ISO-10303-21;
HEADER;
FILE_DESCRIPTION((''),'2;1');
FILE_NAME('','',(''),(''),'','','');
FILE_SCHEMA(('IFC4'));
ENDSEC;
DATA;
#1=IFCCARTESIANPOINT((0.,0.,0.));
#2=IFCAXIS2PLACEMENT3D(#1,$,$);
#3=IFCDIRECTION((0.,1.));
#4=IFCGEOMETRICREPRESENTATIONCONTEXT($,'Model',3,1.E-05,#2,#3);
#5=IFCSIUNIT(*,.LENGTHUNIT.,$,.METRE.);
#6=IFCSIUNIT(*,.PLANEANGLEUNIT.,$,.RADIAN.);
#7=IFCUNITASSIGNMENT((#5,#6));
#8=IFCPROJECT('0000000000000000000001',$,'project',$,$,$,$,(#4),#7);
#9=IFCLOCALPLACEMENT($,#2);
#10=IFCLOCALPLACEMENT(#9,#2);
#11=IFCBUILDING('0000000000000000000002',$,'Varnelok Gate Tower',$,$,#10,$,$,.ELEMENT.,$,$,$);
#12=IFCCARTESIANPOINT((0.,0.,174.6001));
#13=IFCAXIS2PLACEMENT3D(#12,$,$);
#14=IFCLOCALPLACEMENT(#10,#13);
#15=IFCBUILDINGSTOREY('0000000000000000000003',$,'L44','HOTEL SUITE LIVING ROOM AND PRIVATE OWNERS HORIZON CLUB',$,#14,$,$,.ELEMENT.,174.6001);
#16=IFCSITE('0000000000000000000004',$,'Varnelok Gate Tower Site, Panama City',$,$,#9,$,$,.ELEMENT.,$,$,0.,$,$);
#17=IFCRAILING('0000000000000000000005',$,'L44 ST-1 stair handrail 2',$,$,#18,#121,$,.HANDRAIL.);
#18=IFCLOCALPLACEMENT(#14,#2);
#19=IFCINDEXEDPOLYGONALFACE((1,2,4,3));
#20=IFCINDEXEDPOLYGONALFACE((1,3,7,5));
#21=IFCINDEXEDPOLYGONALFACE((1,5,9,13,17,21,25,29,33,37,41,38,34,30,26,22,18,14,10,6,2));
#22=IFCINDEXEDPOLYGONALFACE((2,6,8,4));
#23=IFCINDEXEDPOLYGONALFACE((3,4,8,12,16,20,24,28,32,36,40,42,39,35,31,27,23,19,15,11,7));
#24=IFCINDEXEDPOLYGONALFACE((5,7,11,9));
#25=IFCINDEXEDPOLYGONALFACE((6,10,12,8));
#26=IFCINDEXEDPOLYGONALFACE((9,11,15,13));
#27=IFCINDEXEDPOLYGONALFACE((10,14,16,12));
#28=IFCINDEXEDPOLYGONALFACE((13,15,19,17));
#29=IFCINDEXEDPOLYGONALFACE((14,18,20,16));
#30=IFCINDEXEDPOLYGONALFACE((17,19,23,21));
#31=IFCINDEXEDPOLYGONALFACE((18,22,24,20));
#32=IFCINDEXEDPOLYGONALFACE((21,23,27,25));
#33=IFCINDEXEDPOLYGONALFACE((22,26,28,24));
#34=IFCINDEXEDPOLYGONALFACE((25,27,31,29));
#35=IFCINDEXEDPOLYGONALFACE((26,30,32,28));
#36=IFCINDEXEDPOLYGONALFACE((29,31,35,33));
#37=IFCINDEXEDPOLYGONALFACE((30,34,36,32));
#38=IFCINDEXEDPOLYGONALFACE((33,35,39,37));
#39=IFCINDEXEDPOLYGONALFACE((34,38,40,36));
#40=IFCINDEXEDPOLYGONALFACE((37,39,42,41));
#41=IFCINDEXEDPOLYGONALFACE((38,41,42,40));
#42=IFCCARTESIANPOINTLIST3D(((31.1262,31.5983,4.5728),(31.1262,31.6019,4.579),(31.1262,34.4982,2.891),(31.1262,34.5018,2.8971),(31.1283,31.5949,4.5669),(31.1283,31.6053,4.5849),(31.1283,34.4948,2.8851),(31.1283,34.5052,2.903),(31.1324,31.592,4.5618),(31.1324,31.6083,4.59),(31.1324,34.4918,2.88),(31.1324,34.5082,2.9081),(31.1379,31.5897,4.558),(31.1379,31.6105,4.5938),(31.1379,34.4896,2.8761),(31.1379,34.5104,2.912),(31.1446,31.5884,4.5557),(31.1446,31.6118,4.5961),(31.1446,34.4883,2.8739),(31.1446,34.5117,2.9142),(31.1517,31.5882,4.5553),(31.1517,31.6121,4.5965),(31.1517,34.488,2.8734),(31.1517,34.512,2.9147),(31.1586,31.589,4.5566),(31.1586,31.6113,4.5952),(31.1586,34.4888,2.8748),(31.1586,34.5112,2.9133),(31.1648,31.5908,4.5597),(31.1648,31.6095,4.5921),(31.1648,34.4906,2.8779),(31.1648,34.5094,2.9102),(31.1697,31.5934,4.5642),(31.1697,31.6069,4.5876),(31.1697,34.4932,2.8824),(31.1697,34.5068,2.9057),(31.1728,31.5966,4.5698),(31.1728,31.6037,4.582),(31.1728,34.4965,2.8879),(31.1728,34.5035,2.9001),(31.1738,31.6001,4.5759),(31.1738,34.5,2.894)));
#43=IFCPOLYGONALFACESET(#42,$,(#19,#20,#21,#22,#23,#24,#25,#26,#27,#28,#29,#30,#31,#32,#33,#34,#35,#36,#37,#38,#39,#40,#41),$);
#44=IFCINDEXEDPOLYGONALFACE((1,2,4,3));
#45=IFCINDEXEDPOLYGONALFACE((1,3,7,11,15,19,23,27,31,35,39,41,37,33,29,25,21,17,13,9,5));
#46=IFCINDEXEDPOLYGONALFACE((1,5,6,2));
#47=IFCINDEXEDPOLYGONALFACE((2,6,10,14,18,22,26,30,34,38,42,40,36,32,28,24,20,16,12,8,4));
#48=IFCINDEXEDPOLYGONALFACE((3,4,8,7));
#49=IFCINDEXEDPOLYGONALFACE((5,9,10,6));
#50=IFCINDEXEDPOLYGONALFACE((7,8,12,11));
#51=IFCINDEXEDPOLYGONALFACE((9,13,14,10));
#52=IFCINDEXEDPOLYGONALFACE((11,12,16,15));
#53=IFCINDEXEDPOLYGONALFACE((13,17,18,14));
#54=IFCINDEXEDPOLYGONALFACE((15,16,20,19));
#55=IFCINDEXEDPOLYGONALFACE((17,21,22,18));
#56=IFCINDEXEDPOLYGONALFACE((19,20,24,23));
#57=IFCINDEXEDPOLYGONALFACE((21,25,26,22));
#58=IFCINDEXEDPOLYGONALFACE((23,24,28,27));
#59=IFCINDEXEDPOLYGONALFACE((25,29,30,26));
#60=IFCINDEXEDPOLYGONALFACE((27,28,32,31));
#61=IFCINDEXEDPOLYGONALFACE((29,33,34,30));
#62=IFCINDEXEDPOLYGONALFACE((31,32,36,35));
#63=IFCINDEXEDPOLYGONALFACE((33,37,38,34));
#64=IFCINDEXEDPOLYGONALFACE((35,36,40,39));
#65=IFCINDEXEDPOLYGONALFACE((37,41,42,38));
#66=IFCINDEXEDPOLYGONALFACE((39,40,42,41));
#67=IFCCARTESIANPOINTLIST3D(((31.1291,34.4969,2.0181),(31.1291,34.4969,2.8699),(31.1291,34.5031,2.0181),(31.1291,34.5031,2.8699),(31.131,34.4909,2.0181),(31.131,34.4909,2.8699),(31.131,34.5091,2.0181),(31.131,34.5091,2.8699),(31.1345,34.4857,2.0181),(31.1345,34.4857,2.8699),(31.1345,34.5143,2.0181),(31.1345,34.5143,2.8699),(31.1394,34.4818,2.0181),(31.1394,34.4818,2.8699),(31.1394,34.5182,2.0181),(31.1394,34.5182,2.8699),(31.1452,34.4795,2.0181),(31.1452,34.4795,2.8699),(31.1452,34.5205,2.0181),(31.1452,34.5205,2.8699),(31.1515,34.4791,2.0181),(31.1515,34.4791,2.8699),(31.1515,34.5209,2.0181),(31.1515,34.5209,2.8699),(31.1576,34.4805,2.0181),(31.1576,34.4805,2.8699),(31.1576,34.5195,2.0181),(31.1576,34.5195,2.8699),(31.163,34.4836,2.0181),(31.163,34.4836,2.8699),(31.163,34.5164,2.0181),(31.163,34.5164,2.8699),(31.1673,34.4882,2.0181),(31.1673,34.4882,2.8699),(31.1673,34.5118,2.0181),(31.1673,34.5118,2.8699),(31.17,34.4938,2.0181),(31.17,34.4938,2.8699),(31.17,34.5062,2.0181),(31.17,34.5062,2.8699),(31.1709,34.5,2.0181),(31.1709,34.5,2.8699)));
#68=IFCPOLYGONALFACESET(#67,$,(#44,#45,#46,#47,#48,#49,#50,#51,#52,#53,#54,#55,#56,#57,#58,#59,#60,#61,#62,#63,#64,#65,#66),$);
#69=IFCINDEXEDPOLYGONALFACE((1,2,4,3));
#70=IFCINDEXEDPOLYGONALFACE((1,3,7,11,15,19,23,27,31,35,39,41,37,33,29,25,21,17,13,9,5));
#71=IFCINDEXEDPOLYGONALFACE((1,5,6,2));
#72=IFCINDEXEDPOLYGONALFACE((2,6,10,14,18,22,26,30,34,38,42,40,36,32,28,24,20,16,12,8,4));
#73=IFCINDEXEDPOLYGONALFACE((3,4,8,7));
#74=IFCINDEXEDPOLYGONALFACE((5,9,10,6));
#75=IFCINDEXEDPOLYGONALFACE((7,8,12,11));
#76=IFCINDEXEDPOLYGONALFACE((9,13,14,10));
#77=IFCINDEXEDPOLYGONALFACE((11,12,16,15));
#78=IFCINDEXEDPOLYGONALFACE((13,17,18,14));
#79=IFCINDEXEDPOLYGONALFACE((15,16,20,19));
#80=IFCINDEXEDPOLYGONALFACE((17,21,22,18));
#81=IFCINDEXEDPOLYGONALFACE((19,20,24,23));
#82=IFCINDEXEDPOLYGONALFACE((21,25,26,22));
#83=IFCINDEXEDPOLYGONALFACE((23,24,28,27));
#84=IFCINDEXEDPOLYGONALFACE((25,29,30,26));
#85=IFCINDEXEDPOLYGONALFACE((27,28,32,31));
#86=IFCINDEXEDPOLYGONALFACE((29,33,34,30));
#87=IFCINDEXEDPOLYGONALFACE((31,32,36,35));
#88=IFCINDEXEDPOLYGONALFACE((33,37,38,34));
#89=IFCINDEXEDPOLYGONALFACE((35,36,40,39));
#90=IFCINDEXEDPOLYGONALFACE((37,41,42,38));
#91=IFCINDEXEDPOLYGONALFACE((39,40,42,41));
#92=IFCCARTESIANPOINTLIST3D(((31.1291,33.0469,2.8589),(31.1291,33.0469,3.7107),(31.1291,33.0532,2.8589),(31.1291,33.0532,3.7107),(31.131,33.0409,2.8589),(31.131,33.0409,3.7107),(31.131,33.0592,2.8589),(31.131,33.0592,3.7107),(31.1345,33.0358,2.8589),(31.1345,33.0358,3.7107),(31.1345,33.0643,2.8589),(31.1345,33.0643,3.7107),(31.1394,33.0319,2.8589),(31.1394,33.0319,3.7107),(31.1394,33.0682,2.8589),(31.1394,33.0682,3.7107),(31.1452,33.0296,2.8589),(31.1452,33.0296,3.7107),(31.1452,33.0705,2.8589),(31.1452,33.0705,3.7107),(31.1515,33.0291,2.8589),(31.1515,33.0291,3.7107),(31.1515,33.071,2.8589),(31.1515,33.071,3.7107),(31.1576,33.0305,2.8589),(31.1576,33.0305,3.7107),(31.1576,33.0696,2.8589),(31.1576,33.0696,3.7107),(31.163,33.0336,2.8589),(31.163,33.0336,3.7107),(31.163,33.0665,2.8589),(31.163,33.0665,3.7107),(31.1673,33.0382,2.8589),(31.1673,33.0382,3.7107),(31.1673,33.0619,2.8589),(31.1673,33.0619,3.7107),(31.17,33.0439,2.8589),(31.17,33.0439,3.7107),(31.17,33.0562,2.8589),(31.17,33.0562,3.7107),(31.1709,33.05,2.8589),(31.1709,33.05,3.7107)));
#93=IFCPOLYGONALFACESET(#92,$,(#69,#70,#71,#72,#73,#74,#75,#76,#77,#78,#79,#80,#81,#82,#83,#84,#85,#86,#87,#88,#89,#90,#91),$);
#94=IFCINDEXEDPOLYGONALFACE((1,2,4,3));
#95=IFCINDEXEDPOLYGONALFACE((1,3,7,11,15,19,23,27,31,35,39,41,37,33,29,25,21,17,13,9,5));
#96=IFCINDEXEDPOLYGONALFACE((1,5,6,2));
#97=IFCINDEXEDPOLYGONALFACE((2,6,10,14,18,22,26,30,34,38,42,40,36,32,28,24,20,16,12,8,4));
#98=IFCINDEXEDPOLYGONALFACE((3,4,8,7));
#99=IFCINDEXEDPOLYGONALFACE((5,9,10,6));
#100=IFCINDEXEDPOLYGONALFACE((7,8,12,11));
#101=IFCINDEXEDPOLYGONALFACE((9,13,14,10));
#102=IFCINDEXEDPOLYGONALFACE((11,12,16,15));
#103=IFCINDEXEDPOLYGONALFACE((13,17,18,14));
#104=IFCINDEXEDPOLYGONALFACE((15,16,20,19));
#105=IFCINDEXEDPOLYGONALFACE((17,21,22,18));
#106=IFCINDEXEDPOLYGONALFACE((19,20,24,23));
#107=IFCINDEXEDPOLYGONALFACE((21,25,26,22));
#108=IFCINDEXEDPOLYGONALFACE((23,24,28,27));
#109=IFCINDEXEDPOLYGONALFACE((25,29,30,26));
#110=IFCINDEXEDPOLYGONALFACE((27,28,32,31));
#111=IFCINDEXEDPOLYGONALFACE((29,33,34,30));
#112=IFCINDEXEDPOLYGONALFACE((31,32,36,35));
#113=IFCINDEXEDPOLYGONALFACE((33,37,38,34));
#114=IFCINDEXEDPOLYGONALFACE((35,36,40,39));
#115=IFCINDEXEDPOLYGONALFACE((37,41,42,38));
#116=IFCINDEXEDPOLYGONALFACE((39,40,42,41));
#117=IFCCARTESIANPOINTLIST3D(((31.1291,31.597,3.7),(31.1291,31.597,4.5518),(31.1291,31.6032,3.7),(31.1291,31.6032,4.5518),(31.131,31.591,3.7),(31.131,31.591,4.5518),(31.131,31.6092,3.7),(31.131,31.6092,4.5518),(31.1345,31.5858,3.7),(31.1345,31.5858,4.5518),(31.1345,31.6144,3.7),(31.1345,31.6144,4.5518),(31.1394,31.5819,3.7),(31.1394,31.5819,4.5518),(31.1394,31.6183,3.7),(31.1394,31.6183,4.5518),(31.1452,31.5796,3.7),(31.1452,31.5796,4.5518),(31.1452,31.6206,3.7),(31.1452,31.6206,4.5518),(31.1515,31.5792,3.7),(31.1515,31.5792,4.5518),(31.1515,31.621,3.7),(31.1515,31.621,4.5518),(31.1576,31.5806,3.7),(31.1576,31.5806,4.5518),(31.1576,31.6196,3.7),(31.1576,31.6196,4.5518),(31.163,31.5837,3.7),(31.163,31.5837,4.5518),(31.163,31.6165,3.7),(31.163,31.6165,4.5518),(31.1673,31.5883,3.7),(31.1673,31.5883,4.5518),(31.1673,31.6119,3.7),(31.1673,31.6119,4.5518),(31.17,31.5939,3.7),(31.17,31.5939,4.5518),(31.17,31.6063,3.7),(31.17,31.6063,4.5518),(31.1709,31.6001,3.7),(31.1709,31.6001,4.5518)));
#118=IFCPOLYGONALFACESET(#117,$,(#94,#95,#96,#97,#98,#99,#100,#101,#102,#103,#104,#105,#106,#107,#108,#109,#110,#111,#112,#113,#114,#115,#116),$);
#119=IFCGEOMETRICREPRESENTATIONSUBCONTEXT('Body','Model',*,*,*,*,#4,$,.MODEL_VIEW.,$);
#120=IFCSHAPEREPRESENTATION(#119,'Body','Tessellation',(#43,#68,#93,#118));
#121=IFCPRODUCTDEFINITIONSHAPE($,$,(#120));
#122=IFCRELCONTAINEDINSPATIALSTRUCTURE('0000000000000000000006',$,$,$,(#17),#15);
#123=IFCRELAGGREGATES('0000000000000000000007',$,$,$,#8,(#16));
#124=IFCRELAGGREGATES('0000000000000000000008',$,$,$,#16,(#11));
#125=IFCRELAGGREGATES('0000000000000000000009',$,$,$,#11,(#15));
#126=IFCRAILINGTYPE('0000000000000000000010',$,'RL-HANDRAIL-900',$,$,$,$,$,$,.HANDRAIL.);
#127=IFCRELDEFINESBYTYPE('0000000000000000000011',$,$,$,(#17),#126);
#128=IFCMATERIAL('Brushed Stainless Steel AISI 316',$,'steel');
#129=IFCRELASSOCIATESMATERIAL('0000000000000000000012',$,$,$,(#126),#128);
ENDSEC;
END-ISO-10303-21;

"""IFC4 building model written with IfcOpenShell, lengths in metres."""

from ifc_helpers import new_model, si_unit, direction, frame, origin, origin_2d, place, context, subcontext, project, spatial, circle, extrude, material, type_object, element, save


model = new_model("IFC4")

# Units and contexts
model_context = context("Model", 3, precision=1e-05, world=origin(), true_north=direction((0.0, 1.0)))
body_context = subcontext(model_context, "Body", "Model", "MODEL_VIEW")
ifc_project = project(units=[si_unit("LENGTHUNIT", "METRE"), si_unit("PLANEANGLEUNIT", "RADIAN")], contexts=[model_context])

# Site, building, storey
site_placement = place(None, origin())
site = spatial("IfcSite", under=ifc_project, at=site_placement, Name="Varnelok Gate Tower Site, Panama City", CompositionType="ELEMENT", RefElevation=0.0)
building_placement = place(site_placement, origin())
building = spatial("IfcBuilding", under=site, at=building_placement, Name="Varnelok Gate Tower", CompositionType="ELEMENT")
storey_placement = place(building_placement, frame((0.0, 0.0, 174.6001)))
storey = spatial("IfcBuildingStorey", under=building, at=storey_placement, Name="L44", Description="HOTEL SUITE LIVING ROOM AND PRIVATE OWNERS HORIZON CLUB", CompositionType="ELEMENT", Elevation=174.6001)

# Railing
ifc_material_1 = material(Name="Brushed Stainless Steel AISI 316", Category="steel")
railing_type_1 = type_object("IfcRailingType", Name="RL-HANDRAIL-900", PredefinedType="HANDRAIL", material=ifc_material_1)
railing_1_placement = place(storey_placement, frame((31.1499, 34.5, 2.0181)))
element("IfcRailing", 1, at=railing_1_placement, inside=storey, type_object=railing_type_1, Name="L44 ST-1 stair handrail 2", PredefinedType="HANDRAIL", context=body_context, shape_type="SweptSolid", body=[
    extrude(circle(Radius=0.0239, at=origin_2d()), frame((0.0, 0.0, 0.876), z_axis=(0.0, -0.865039, 0.501705), x_axis=(1.0, 0.0, 0.0)), (0.0, 0.0, 1.0), 3.3523),
    extrude(circle(Radius=0.021, at=origin_2d()), origin(), (0.0, 0.0, 1.0), 0.8518),
    extrude(circle(Radius=0.021, at=origin_2d()), frame((0.0, -1.45, 0.8408)), (0.0, 0.0, 1.0), 0.8518),
    extrude(circle(Radius=0.021, at=origin_2d()), frame((0.0, -2.8999, 1.6819)), (0.0, 0.0, 1.0), 0.8518),
])

save(model, "model.ifc")
